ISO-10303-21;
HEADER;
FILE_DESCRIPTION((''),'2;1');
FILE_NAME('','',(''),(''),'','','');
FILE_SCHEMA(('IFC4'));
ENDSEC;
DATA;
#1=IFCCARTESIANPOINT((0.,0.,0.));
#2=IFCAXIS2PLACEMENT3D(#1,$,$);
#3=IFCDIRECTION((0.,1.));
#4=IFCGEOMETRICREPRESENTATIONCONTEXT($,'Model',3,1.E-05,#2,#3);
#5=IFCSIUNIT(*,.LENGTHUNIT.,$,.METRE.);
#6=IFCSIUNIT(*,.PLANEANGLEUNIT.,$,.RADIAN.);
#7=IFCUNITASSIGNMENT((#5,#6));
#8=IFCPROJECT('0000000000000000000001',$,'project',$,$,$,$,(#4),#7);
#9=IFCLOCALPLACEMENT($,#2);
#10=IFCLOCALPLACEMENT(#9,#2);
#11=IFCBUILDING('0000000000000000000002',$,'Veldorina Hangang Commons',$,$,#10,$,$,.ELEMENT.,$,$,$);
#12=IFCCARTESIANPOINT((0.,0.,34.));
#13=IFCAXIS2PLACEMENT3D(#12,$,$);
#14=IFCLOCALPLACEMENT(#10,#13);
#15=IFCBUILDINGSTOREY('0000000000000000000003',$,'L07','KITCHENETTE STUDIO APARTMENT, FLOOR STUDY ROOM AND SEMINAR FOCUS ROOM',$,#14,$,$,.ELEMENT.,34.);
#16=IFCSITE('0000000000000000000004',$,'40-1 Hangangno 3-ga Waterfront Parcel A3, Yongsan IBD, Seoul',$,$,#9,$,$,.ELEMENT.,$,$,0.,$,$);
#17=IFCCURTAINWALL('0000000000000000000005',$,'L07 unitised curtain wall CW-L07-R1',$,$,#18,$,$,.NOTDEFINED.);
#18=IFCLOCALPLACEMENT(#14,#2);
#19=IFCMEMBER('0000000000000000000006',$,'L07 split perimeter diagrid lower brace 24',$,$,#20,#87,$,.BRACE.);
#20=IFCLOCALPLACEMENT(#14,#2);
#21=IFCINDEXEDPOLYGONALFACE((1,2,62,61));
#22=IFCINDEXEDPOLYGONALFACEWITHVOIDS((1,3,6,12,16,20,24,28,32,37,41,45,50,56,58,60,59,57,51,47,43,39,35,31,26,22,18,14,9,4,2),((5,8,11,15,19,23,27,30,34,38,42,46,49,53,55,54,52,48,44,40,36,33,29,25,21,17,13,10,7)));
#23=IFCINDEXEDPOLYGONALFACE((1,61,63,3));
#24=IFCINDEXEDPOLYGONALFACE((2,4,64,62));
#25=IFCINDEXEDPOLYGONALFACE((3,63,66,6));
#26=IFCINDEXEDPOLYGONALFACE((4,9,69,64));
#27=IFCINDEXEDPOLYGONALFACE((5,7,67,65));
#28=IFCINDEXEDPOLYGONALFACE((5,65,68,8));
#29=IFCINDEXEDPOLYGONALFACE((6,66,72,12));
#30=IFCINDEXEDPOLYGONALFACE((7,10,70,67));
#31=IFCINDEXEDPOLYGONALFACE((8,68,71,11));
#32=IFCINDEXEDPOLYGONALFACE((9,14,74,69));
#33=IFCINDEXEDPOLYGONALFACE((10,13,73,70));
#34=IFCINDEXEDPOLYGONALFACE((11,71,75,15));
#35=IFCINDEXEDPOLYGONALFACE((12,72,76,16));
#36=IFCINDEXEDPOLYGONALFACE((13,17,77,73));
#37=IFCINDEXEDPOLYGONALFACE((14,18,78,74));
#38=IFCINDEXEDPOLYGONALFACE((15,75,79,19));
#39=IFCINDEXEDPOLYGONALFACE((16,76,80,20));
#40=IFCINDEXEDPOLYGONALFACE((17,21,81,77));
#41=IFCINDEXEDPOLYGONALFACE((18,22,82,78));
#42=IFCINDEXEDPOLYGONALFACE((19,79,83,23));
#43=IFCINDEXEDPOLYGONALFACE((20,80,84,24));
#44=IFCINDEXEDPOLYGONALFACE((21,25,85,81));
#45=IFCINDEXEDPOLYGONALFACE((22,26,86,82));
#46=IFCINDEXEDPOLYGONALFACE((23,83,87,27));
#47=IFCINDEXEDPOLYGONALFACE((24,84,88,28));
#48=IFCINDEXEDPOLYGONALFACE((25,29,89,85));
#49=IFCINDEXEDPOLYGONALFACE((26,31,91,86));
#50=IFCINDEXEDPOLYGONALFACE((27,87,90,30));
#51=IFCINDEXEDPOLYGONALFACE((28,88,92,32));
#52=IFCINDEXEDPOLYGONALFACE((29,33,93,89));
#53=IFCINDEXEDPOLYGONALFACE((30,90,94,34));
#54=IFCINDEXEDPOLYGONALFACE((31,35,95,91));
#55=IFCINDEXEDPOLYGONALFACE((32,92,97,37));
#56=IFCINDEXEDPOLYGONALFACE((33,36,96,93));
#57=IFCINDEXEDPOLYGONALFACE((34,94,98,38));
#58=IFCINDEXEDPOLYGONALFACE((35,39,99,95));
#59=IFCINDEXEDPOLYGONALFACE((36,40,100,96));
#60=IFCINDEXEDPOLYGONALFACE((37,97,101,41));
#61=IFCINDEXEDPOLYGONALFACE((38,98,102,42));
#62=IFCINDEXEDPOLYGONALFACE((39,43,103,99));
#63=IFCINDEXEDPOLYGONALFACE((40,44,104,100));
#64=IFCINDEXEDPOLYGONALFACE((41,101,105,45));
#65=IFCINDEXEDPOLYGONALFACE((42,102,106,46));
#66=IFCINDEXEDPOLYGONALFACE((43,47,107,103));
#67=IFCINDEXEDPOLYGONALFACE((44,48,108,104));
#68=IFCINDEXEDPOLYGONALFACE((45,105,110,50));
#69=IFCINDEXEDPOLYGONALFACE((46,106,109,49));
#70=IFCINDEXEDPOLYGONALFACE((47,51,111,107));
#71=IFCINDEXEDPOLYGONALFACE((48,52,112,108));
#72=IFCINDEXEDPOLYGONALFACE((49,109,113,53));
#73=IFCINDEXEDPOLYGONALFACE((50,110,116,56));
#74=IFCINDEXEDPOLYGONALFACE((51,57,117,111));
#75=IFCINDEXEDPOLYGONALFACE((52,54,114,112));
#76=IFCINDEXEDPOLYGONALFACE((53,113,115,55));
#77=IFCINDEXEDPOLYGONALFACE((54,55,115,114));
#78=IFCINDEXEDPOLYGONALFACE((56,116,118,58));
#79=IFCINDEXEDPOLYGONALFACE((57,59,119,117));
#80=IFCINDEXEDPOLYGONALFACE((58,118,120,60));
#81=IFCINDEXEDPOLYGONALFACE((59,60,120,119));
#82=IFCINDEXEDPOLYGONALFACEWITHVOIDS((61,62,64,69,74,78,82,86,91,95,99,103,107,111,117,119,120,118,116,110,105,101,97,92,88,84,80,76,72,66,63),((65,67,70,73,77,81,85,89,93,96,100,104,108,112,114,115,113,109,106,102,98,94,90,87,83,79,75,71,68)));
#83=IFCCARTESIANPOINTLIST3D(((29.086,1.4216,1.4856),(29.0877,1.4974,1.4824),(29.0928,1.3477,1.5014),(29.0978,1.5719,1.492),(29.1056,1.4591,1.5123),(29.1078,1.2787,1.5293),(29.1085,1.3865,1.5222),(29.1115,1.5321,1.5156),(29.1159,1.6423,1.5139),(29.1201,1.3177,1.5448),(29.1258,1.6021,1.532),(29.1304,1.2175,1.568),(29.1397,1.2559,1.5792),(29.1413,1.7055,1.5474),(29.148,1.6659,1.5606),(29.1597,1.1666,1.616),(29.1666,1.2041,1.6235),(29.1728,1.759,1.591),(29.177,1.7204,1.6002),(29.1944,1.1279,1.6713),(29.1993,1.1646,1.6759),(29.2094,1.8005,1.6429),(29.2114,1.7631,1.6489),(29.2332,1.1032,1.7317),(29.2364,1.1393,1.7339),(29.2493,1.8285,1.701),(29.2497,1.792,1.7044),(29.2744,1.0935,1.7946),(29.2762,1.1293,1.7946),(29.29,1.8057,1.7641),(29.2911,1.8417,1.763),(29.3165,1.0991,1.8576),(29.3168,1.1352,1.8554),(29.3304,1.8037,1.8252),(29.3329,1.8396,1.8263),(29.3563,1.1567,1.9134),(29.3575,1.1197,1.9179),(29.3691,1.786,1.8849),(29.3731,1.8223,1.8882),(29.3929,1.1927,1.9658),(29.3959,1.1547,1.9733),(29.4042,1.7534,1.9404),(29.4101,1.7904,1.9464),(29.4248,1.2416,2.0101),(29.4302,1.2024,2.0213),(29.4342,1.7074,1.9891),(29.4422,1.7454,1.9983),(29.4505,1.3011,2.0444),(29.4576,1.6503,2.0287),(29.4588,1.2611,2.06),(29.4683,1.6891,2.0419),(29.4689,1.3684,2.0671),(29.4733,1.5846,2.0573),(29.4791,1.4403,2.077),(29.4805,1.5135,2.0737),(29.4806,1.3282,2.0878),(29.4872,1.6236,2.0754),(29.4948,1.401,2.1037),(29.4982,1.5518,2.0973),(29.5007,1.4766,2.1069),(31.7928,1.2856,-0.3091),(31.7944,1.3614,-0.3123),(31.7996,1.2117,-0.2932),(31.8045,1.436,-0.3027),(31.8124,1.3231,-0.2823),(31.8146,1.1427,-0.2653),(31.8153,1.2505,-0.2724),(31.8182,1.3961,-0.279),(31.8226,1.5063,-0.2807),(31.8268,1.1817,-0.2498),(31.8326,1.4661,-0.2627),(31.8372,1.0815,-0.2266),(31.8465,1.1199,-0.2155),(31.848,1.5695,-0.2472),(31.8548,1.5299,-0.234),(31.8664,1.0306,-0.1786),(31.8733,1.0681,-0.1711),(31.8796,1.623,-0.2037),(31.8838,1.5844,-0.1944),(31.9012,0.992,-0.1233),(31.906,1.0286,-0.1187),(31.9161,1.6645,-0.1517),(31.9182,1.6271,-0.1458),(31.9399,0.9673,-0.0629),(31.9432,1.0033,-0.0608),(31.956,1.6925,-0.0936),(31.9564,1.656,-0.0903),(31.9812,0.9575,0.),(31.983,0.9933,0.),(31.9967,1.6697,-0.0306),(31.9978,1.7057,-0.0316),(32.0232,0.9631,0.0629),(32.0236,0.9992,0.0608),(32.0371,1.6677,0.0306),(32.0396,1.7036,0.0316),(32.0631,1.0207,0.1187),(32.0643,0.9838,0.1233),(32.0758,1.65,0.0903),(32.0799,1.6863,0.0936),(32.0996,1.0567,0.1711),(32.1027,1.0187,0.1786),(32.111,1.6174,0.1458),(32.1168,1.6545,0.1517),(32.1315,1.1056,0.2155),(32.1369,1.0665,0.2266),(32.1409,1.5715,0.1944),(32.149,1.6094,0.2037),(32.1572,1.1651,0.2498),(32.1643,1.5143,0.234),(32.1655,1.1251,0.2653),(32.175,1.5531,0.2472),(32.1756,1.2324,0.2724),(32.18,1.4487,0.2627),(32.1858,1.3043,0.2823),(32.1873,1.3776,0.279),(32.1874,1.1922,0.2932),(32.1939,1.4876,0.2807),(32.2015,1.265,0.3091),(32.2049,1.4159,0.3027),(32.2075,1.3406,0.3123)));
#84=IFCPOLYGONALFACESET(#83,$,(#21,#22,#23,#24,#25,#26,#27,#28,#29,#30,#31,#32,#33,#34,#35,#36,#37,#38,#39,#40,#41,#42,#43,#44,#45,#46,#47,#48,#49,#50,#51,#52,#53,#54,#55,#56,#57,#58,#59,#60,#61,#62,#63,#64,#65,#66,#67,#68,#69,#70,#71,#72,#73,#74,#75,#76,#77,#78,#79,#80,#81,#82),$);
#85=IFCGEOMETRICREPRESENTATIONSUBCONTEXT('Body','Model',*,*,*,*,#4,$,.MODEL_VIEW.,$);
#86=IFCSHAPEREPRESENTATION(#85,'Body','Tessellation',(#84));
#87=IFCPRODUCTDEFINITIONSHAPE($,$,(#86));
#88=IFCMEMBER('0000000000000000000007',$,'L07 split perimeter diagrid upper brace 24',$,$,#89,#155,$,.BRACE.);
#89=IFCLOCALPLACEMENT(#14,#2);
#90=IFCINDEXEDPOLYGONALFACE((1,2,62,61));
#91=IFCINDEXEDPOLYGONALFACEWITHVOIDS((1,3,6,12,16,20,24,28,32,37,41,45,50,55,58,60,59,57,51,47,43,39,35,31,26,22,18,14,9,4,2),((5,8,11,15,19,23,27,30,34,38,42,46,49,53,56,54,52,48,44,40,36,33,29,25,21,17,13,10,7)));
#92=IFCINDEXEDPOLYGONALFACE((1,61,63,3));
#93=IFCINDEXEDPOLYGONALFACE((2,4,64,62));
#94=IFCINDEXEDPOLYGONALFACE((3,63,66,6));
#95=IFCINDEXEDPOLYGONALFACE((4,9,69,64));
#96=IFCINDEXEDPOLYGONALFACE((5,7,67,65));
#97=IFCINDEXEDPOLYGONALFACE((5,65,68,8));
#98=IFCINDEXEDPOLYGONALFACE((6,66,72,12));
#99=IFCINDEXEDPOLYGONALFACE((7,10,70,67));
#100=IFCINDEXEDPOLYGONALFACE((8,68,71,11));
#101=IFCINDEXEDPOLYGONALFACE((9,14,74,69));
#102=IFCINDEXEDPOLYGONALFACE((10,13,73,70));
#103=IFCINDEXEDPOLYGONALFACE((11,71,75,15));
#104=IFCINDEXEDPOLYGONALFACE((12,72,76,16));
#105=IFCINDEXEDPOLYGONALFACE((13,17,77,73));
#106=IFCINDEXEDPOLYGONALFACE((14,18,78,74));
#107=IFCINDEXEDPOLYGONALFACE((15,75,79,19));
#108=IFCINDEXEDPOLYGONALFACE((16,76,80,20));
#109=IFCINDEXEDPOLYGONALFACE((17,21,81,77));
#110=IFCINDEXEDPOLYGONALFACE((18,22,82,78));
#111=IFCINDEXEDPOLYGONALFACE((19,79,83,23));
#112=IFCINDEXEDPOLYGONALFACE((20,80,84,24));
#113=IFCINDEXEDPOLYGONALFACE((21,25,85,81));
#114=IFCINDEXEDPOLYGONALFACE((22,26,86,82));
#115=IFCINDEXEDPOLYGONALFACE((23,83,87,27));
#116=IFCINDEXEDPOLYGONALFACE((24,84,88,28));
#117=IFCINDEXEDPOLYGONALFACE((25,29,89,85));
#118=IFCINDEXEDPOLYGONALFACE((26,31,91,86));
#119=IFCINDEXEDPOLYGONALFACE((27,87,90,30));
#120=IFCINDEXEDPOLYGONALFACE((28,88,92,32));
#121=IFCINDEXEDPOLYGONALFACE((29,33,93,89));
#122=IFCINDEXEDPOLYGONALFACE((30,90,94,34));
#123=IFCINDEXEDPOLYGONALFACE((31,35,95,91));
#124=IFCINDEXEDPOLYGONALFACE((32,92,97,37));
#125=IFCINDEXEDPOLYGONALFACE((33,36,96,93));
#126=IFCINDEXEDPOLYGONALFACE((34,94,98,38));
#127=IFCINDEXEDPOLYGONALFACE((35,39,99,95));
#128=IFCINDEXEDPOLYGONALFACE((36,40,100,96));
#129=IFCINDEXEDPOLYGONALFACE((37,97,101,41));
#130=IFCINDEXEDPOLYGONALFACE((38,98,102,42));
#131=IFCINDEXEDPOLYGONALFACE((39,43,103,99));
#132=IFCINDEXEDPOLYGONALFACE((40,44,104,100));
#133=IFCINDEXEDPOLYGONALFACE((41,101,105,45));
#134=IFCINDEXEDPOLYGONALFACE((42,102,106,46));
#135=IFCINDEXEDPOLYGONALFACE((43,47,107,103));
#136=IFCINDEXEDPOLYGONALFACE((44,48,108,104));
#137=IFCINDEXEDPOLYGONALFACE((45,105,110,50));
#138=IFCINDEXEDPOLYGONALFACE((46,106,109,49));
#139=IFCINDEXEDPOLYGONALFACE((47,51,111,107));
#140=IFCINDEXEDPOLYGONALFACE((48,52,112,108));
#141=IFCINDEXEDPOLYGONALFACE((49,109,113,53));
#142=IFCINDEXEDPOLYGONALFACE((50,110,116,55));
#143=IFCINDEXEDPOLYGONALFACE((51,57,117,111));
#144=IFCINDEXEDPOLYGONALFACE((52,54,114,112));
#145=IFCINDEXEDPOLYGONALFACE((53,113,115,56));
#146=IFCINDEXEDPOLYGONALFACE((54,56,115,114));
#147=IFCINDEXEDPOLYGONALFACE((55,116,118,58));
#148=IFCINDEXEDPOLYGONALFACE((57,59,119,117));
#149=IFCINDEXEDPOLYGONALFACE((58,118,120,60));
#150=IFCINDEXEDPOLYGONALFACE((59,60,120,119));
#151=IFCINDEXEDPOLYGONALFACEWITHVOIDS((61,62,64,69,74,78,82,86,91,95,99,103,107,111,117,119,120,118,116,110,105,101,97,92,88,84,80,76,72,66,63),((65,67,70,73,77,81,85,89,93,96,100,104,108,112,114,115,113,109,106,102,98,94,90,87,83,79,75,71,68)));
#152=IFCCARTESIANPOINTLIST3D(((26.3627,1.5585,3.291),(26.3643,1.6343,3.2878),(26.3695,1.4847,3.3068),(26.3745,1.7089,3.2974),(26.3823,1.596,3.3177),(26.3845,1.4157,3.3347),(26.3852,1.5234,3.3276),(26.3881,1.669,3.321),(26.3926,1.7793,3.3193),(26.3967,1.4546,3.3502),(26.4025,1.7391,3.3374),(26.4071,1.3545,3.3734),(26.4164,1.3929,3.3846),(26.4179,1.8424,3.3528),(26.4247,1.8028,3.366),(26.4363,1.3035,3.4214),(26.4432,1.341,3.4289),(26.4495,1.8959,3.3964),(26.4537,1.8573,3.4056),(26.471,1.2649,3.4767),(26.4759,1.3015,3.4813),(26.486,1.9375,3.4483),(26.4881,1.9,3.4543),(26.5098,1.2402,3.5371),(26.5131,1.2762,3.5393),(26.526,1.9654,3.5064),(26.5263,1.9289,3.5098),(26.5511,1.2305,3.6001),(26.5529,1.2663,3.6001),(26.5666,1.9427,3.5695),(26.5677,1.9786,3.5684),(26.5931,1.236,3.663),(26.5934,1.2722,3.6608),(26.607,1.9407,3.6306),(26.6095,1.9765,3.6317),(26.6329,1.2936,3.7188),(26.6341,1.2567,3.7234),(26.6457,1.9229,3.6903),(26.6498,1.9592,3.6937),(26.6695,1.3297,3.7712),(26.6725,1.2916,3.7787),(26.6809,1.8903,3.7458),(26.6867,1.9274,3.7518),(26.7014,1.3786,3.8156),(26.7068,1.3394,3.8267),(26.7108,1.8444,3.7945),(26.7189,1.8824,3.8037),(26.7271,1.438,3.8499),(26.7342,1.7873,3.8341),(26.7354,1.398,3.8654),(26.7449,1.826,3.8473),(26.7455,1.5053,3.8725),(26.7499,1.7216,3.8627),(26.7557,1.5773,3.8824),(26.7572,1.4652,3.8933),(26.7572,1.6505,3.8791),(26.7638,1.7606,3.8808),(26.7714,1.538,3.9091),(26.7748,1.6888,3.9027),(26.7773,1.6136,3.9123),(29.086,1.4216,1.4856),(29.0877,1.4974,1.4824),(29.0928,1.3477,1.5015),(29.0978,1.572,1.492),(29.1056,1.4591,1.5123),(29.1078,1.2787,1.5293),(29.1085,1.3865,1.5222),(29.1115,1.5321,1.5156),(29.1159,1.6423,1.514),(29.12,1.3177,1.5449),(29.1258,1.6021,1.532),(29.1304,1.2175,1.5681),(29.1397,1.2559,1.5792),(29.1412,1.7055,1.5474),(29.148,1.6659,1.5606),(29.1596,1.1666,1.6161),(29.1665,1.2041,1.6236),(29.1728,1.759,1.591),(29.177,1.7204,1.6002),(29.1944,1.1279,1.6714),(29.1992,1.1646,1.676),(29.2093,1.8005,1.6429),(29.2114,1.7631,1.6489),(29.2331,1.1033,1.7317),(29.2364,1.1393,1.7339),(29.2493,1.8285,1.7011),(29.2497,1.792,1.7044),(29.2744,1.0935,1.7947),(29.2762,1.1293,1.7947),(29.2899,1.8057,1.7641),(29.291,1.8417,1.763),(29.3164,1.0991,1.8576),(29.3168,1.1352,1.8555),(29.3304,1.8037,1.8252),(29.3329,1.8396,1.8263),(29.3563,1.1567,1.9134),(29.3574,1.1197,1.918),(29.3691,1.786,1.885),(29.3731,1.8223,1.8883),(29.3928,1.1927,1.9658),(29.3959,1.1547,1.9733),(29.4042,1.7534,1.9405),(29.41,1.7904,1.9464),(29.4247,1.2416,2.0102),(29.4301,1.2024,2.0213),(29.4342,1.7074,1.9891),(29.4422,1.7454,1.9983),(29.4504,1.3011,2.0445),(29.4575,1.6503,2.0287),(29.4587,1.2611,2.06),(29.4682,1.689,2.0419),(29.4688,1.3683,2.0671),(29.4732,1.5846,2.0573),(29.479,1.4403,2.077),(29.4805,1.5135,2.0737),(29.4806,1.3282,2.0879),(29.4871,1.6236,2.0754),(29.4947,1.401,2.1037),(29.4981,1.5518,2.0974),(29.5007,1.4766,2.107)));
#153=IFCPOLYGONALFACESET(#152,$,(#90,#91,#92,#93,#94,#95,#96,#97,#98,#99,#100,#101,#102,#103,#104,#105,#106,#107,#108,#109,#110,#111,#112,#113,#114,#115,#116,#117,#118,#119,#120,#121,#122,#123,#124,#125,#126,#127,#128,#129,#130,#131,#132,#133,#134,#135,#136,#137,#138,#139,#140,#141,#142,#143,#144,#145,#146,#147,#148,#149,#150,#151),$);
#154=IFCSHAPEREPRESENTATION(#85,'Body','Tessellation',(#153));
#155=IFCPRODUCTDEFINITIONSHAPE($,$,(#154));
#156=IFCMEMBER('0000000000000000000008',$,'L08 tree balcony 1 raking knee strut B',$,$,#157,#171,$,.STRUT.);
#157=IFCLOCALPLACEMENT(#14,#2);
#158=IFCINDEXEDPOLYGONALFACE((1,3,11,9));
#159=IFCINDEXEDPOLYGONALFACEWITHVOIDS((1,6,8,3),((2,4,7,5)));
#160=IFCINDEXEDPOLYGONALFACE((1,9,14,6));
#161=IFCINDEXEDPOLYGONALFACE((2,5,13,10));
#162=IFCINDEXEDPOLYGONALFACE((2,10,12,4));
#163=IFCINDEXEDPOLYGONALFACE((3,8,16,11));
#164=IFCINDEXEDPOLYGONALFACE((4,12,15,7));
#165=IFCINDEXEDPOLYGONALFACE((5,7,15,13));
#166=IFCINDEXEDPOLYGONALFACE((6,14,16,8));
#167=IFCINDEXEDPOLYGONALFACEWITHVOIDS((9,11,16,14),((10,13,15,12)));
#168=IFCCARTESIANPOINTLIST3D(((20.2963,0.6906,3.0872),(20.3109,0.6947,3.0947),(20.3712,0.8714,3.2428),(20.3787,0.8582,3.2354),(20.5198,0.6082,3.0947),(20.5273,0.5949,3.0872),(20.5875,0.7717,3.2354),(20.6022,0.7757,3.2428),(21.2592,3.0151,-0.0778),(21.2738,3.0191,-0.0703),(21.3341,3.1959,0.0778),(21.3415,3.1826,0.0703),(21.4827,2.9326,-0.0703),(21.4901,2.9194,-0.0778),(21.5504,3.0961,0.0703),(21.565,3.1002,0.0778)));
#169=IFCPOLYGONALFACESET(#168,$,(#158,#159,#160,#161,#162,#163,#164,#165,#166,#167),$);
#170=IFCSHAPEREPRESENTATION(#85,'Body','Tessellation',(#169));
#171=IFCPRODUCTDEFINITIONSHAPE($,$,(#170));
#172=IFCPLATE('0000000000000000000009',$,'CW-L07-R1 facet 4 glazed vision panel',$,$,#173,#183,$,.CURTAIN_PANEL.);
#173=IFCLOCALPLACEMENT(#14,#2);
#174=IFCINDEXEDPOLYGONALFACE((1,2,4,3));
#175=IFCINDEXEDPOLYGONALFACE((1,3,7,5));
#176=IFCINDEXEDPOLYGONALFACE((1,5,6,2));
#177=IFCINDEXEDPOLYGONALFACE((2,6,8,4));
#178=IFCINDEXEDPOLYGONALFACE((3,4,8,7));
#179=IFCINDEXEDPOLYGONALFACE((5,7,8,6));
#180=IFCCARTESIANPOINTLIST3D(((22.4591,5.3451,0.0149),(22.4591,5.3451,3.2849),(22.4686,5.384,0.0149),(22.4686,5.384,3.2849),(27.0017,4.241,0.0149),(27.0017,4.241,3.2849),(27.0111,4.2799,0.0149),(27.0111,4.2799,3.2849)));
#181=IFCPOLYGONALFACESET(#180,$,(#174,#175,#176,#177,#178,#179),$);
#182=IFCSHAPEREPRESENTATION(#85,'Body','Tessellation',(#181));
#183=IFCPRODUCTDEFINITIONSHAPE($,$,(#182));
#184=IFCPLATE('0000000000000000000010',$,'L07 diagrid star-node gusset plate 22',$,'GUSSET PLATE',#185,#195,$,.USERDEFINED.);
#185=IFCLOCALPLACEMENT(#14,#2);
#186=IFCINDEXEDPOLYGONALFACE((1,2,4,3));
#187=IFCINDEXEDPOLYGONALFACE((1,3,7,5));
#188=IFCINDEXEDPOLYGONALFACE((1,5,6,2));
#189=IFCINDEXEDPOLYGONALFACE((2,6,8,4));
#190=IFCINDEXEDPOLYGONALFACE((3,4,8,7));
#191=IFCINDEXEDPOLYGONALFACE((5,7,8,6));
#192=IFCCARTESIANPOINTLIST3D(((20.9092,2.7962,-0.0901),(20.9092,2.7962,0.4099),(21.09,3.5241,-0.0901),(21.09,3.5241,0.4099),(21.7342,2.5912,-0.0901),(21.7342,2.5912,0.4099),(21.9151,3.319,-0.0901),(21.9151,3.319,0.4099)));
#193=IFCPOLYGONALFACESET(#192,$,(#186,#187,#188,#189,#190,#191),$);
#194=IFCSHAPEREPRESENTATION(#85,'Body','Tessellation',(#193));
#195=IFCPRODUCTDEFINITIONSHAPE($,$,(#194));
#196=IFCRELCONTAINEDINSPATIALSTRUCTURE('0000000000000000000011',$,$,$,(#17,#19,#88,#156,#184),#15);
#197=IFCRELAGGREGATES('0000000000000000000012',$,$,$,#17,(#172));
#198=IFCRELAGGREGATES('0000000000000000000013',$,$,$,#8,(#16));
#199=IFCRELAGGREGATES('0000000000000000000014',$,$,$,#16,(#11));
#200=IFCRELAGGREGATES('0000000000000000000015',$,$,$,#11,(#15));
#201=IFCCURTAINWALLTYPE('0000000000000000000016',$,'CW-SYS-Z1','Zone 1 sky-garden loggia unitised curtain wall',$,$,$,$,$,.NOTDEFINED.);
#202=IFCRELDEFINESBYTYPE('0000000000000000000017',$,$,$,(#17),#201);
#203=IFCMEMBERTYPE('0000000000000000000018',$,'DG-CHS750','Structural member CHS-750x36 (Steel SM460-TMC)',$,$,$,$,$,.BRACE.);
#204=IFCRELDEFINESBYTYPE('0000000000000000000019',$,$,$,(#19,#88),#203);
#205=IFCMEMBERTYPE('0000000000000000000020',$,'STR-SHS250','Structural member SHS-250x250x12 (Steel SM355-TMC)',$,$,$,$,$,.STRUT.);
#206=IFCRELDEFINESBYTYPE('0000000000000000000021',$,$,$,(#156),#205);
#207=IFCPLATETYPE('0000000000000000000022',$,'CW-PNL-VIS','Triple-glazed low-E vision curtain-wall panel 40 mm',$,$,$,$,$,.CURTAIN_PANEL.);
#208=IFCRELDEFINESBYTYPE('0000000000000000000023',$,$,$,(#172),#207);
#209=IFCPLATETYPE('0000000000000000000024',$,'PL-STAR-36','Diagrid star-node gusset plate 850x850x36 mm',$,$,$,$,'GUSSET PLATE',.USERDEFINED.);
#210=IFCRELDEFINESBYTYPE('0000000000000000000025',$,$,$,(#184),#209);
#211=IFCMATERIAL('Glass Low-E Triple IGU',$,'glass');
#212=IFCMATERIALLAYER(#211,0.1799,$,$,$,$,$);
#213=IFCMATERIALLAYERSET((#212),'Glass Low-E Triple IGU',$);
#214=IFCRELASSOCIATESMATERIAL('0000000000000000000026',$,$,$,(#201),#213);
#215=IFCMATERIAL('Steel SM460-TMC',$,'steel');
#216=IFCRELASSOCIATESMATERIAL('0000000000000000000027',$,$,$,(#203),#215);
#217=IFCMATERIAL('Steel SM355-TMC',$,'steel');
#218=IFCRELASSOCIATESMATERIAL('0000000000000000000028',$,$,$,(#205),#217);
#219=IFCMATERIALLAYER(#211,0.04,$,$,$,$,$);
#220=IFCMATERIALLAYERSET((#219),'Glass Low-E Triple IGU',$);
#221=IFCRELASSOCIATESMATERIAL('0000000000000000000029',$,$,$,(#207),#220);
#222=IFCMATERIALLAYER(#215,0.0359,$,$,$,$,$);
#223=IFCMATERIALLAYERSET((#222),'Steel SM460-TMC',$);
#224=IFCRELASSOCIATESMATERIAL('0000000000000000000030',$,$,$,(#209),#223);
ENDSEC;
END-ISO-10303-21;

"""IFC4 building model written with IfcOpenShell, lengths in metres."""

from ifc_helpers import new_model, si_unit, direction, frame, origin, origin_2d, place, context, subcontext, project, spatial, rectangle, hollow_rectangle, hollow_circle, extrude, material, layer, layer_set, material_profile, profile_set, type_object, element, aggregate, save


model = new_model("IFC4")

# Units and contexts
model_context = context("Model", 3, precision=1e-05, world=origin(), true_north=direction((0.0, 1.0)))
body_context = subcontext(model_context, "Body", "Model", "MODEL_VIEW")
ifc_project = project(units=[si_unit("LENGTHUNIT", "METRE"), si_unit("PLANEANGLEUNIT", "RADIAN")], contexts=[model_context])

# Site, building, storey
site_placement = place(None, origin())
site = spatial("IfcSite", under=ifc_project, at=site_placement, Name="40-1 Hangangno 3-ga Waterfront Parcel A3, Yongsan IBD, Seoul", CompositionType="ELEMENT", RefElevation=0.0)
building_placement = place(site_placement, origin())
building = spatial("IfcBuilding", under=site, at=building_placement, Name="Veldorina Hangang Commons", CompositionType="ELEMENT")
storey_placement = place(building_placement, frame((0.0, 0.0, 34.0)))
storey = spatial("IfcBuildingStorey", under=building, at=storey_placement, Name="L07", Description="KITCHENETTE STUDIO APARTMENT, FLOOR STUDY ROOM AND SEMINAR FOCUS ROOM", CompositionType="ELEMENT", Elevation=34.0)

# Shared definitions
ifc_material_1 = material(Name="Steel SM355-TMC", Category="steel")
ifc_material_2 = material(Name="Steel SM460-TMC", Category="steel")

# Curtain wall
ifc_material_3 = material(Name="Glass Low-E Triple IGU", Category="glass")
ifc_layer_1 = layer(ifc_material_3, 0.1799)
ifc_layer_set_1 = layer_set([ifc_layer_1], Name="Glass Low-E Triple IGU")
curtain_wall_type = type_object("IfcCurtainWallType", Name="CW-SYS-Z1", Description="Zone 1 sky-garden loggia unitised curtain wall", PredefinedType="NOTDEFINED", material=ifc_layer_set_1)
curtain_wall_placement = place(storey_placement, origin())
curtain_wall = element("IfcCurtainWall", 1, at=curtain_wall_placement, inside=storey, type_object=curtain_wall_type, Name="L07 unitised curtain wall CW-L07-R1", PredefinedType="NOTDEFINED")

# Members
ifc_material_profile_1 = material_profile(ifc_material_2, hollow_circle(Radius=0.375, WallThickness=0.0359, at=origin_2d()), Name="CHS-750x36")
ifc_profile_set_1 = profile_set([ifc_material_profile_1], Name="Steel SM460-TMC")
member_type_1 = type_object("IfcMemberType", Name="DG-CHS750", Description="Structural member CHS-750x36 (Steel SM460-TMC)", PredefinedType="BRACE", material=ifc_profile_set_1)
member_1_placement = place(storey_placement, frame((32.0, 1.332, 0.0), z_axis=(-0.832717, 0.041835, 0.552116), x_axis=(-0.050176, -0.99874, 0.0)))
element("IfcMember", 2, at=member_1_placement, inside=storey, type_object=member_type_1, Name="L07 split perimeter diagrid lower brace 24", PredefinedType="BRACE", context=body_context, shape_type="SweptSolid", body=[
    extrude(hollow_circle(Radius=0.375, WallThickness=0.0359, at=origin_2d()), origin(), (0.0, 0.0, 1.0), 3.2505),
])
member_2_placement = place(storey_placement, frame((29.2932, 1.468, 1.7947), z_axis=(-0.832753, 0.04188, 0.552058), x_axis=(-0.050228, -0.998738, 0.0)))
element("IfcMember", 3, at=member_2_placement, inside=storey, type_object=member_type_1, Name="L07 split perimeter diagrid upper brace 24", PredefinedType="BRACE", context=body_context, shape_type="SweptSolid", body=[
    extrude(hollow_circle(Radius=0.375, WallThickness=0.0359, at=origin_2d()), origin(), (0.0, 0.0, 1.0), 3.2703),
])
ifc_material_profile_2 = material_profile(ifc_material_1, hollow_rectangle(XDim=0.25, YDim=0.25, WallThickness=0.012, at=origin_2d()), Name="SHS-250x250x12")
ifc_profile_set_2 = profile_set([ifc_material_profile_2], Name="Steel SM355-TMC")
member_type_2 = type_object("IfcMemberType", Name="STR-SHS250", Description="Structural member SHS-250x250x12 (Steel SM355-TMC)", PredefinedType="STRUT", material=ifc_profile_set_2)
member_3_placement = place(storey_placement, frame((21.4121, 3.0576, 0.0), z_axis=(-0.238149, -0.574902, 0.782798), x_axis=(0.92387, -0.382706, 0.0)))
element("IfcMember", 4, at=member_3_placement, inside=storey, type_object=member_type_2, Name="L08 tree balcony 1 raking knee strut B", PredefinedType="STRUT", context=body_context, shape_type="SweptSolid", body=[
    extrude(hollow_rectangle(XDim=0.25, YDim=0.25, WallThickness=0.012, at=origin_2d()), origin(), (0.0, 0.0, 1.0), 4.0432),
])

# Plate
ifc_layer_2 = layer(ifc_material_3, 0.04)
ifc_layer_set_2 = layer_set([ifc_layer_2], Name="Glass Low-E Triple IGU")
plate_type_1 = type_object("IfcPlateType", Name="CW-PNL-VIS", Description="Triple-glazed low-E vision curtain-wall panel 40 mm", PredefinedType="CURTAIN_PANEL", material=ifc_layer_set_2)
plate_1_placement = place(storey_placement, frame((24.7351, 4.8125, 0.0149), z_axis=(0.0, 0.0, 1.0), x_axis=(0.97171, -0.236177, 0.0)))
plate_1 = element("IfcPlate", 5, at=plate_1_placement, type_object=plate_type_1, Name="CW-L07-R1 facet 4 glazed vision panel", PredefinedType="CURTAIN_PANEL", context=body_context, shape_type="SweptSolid", body=[
    extrude(rectangle(XDim=4.6748, YDim=0.04, at=origin_2d()), origin(), (0.0, 0.0, 1.0), 3.27),
])
aggregate(curtain_wall, [plate_1])

# Plate
ifc_layer_3 = layer(ifc_material_2, 0.0359)
ifc_layer_set_3 = layer_set([ifc_layer_3], Name="Steel SM460-TMC")
plate_type_2 = type_object("IfcPlateType", Name="PL-STAR-36", Description="Diagrid star-node gusset plate 850x850x36 mm", ElementType="GUSSET PLATE", PredefinedType="USERDEFINED", material=ifc_layer_set_3)
for number, where, z_axis, x_axis, name in (
    (6, (21.4121, 3.0576, -0.0901), (0.0, 0.0, 1.0), (0.970481, -0.241177, 0.0), "L07 diagrid star-node gusset plate 22"),
):
    element("IfcPlate", number, at=place(storey_placement, frame(where, z_axis=z_axis, x_axis=x_axis)), inside=storey, type_object=plate_type_2, Name=name, ObjectType="GUSSET PLATE", PredefinedType="USERDEFINED", context=body_context, shape_type="SweptSolid", body=[
        extrude(rectangle(XDim=0.8501, YDim=0.75, at=origin_2d()), origin(), (0.0, 0.0, 1.0), 0.5),
    ])

save(model, "model.ifc")
